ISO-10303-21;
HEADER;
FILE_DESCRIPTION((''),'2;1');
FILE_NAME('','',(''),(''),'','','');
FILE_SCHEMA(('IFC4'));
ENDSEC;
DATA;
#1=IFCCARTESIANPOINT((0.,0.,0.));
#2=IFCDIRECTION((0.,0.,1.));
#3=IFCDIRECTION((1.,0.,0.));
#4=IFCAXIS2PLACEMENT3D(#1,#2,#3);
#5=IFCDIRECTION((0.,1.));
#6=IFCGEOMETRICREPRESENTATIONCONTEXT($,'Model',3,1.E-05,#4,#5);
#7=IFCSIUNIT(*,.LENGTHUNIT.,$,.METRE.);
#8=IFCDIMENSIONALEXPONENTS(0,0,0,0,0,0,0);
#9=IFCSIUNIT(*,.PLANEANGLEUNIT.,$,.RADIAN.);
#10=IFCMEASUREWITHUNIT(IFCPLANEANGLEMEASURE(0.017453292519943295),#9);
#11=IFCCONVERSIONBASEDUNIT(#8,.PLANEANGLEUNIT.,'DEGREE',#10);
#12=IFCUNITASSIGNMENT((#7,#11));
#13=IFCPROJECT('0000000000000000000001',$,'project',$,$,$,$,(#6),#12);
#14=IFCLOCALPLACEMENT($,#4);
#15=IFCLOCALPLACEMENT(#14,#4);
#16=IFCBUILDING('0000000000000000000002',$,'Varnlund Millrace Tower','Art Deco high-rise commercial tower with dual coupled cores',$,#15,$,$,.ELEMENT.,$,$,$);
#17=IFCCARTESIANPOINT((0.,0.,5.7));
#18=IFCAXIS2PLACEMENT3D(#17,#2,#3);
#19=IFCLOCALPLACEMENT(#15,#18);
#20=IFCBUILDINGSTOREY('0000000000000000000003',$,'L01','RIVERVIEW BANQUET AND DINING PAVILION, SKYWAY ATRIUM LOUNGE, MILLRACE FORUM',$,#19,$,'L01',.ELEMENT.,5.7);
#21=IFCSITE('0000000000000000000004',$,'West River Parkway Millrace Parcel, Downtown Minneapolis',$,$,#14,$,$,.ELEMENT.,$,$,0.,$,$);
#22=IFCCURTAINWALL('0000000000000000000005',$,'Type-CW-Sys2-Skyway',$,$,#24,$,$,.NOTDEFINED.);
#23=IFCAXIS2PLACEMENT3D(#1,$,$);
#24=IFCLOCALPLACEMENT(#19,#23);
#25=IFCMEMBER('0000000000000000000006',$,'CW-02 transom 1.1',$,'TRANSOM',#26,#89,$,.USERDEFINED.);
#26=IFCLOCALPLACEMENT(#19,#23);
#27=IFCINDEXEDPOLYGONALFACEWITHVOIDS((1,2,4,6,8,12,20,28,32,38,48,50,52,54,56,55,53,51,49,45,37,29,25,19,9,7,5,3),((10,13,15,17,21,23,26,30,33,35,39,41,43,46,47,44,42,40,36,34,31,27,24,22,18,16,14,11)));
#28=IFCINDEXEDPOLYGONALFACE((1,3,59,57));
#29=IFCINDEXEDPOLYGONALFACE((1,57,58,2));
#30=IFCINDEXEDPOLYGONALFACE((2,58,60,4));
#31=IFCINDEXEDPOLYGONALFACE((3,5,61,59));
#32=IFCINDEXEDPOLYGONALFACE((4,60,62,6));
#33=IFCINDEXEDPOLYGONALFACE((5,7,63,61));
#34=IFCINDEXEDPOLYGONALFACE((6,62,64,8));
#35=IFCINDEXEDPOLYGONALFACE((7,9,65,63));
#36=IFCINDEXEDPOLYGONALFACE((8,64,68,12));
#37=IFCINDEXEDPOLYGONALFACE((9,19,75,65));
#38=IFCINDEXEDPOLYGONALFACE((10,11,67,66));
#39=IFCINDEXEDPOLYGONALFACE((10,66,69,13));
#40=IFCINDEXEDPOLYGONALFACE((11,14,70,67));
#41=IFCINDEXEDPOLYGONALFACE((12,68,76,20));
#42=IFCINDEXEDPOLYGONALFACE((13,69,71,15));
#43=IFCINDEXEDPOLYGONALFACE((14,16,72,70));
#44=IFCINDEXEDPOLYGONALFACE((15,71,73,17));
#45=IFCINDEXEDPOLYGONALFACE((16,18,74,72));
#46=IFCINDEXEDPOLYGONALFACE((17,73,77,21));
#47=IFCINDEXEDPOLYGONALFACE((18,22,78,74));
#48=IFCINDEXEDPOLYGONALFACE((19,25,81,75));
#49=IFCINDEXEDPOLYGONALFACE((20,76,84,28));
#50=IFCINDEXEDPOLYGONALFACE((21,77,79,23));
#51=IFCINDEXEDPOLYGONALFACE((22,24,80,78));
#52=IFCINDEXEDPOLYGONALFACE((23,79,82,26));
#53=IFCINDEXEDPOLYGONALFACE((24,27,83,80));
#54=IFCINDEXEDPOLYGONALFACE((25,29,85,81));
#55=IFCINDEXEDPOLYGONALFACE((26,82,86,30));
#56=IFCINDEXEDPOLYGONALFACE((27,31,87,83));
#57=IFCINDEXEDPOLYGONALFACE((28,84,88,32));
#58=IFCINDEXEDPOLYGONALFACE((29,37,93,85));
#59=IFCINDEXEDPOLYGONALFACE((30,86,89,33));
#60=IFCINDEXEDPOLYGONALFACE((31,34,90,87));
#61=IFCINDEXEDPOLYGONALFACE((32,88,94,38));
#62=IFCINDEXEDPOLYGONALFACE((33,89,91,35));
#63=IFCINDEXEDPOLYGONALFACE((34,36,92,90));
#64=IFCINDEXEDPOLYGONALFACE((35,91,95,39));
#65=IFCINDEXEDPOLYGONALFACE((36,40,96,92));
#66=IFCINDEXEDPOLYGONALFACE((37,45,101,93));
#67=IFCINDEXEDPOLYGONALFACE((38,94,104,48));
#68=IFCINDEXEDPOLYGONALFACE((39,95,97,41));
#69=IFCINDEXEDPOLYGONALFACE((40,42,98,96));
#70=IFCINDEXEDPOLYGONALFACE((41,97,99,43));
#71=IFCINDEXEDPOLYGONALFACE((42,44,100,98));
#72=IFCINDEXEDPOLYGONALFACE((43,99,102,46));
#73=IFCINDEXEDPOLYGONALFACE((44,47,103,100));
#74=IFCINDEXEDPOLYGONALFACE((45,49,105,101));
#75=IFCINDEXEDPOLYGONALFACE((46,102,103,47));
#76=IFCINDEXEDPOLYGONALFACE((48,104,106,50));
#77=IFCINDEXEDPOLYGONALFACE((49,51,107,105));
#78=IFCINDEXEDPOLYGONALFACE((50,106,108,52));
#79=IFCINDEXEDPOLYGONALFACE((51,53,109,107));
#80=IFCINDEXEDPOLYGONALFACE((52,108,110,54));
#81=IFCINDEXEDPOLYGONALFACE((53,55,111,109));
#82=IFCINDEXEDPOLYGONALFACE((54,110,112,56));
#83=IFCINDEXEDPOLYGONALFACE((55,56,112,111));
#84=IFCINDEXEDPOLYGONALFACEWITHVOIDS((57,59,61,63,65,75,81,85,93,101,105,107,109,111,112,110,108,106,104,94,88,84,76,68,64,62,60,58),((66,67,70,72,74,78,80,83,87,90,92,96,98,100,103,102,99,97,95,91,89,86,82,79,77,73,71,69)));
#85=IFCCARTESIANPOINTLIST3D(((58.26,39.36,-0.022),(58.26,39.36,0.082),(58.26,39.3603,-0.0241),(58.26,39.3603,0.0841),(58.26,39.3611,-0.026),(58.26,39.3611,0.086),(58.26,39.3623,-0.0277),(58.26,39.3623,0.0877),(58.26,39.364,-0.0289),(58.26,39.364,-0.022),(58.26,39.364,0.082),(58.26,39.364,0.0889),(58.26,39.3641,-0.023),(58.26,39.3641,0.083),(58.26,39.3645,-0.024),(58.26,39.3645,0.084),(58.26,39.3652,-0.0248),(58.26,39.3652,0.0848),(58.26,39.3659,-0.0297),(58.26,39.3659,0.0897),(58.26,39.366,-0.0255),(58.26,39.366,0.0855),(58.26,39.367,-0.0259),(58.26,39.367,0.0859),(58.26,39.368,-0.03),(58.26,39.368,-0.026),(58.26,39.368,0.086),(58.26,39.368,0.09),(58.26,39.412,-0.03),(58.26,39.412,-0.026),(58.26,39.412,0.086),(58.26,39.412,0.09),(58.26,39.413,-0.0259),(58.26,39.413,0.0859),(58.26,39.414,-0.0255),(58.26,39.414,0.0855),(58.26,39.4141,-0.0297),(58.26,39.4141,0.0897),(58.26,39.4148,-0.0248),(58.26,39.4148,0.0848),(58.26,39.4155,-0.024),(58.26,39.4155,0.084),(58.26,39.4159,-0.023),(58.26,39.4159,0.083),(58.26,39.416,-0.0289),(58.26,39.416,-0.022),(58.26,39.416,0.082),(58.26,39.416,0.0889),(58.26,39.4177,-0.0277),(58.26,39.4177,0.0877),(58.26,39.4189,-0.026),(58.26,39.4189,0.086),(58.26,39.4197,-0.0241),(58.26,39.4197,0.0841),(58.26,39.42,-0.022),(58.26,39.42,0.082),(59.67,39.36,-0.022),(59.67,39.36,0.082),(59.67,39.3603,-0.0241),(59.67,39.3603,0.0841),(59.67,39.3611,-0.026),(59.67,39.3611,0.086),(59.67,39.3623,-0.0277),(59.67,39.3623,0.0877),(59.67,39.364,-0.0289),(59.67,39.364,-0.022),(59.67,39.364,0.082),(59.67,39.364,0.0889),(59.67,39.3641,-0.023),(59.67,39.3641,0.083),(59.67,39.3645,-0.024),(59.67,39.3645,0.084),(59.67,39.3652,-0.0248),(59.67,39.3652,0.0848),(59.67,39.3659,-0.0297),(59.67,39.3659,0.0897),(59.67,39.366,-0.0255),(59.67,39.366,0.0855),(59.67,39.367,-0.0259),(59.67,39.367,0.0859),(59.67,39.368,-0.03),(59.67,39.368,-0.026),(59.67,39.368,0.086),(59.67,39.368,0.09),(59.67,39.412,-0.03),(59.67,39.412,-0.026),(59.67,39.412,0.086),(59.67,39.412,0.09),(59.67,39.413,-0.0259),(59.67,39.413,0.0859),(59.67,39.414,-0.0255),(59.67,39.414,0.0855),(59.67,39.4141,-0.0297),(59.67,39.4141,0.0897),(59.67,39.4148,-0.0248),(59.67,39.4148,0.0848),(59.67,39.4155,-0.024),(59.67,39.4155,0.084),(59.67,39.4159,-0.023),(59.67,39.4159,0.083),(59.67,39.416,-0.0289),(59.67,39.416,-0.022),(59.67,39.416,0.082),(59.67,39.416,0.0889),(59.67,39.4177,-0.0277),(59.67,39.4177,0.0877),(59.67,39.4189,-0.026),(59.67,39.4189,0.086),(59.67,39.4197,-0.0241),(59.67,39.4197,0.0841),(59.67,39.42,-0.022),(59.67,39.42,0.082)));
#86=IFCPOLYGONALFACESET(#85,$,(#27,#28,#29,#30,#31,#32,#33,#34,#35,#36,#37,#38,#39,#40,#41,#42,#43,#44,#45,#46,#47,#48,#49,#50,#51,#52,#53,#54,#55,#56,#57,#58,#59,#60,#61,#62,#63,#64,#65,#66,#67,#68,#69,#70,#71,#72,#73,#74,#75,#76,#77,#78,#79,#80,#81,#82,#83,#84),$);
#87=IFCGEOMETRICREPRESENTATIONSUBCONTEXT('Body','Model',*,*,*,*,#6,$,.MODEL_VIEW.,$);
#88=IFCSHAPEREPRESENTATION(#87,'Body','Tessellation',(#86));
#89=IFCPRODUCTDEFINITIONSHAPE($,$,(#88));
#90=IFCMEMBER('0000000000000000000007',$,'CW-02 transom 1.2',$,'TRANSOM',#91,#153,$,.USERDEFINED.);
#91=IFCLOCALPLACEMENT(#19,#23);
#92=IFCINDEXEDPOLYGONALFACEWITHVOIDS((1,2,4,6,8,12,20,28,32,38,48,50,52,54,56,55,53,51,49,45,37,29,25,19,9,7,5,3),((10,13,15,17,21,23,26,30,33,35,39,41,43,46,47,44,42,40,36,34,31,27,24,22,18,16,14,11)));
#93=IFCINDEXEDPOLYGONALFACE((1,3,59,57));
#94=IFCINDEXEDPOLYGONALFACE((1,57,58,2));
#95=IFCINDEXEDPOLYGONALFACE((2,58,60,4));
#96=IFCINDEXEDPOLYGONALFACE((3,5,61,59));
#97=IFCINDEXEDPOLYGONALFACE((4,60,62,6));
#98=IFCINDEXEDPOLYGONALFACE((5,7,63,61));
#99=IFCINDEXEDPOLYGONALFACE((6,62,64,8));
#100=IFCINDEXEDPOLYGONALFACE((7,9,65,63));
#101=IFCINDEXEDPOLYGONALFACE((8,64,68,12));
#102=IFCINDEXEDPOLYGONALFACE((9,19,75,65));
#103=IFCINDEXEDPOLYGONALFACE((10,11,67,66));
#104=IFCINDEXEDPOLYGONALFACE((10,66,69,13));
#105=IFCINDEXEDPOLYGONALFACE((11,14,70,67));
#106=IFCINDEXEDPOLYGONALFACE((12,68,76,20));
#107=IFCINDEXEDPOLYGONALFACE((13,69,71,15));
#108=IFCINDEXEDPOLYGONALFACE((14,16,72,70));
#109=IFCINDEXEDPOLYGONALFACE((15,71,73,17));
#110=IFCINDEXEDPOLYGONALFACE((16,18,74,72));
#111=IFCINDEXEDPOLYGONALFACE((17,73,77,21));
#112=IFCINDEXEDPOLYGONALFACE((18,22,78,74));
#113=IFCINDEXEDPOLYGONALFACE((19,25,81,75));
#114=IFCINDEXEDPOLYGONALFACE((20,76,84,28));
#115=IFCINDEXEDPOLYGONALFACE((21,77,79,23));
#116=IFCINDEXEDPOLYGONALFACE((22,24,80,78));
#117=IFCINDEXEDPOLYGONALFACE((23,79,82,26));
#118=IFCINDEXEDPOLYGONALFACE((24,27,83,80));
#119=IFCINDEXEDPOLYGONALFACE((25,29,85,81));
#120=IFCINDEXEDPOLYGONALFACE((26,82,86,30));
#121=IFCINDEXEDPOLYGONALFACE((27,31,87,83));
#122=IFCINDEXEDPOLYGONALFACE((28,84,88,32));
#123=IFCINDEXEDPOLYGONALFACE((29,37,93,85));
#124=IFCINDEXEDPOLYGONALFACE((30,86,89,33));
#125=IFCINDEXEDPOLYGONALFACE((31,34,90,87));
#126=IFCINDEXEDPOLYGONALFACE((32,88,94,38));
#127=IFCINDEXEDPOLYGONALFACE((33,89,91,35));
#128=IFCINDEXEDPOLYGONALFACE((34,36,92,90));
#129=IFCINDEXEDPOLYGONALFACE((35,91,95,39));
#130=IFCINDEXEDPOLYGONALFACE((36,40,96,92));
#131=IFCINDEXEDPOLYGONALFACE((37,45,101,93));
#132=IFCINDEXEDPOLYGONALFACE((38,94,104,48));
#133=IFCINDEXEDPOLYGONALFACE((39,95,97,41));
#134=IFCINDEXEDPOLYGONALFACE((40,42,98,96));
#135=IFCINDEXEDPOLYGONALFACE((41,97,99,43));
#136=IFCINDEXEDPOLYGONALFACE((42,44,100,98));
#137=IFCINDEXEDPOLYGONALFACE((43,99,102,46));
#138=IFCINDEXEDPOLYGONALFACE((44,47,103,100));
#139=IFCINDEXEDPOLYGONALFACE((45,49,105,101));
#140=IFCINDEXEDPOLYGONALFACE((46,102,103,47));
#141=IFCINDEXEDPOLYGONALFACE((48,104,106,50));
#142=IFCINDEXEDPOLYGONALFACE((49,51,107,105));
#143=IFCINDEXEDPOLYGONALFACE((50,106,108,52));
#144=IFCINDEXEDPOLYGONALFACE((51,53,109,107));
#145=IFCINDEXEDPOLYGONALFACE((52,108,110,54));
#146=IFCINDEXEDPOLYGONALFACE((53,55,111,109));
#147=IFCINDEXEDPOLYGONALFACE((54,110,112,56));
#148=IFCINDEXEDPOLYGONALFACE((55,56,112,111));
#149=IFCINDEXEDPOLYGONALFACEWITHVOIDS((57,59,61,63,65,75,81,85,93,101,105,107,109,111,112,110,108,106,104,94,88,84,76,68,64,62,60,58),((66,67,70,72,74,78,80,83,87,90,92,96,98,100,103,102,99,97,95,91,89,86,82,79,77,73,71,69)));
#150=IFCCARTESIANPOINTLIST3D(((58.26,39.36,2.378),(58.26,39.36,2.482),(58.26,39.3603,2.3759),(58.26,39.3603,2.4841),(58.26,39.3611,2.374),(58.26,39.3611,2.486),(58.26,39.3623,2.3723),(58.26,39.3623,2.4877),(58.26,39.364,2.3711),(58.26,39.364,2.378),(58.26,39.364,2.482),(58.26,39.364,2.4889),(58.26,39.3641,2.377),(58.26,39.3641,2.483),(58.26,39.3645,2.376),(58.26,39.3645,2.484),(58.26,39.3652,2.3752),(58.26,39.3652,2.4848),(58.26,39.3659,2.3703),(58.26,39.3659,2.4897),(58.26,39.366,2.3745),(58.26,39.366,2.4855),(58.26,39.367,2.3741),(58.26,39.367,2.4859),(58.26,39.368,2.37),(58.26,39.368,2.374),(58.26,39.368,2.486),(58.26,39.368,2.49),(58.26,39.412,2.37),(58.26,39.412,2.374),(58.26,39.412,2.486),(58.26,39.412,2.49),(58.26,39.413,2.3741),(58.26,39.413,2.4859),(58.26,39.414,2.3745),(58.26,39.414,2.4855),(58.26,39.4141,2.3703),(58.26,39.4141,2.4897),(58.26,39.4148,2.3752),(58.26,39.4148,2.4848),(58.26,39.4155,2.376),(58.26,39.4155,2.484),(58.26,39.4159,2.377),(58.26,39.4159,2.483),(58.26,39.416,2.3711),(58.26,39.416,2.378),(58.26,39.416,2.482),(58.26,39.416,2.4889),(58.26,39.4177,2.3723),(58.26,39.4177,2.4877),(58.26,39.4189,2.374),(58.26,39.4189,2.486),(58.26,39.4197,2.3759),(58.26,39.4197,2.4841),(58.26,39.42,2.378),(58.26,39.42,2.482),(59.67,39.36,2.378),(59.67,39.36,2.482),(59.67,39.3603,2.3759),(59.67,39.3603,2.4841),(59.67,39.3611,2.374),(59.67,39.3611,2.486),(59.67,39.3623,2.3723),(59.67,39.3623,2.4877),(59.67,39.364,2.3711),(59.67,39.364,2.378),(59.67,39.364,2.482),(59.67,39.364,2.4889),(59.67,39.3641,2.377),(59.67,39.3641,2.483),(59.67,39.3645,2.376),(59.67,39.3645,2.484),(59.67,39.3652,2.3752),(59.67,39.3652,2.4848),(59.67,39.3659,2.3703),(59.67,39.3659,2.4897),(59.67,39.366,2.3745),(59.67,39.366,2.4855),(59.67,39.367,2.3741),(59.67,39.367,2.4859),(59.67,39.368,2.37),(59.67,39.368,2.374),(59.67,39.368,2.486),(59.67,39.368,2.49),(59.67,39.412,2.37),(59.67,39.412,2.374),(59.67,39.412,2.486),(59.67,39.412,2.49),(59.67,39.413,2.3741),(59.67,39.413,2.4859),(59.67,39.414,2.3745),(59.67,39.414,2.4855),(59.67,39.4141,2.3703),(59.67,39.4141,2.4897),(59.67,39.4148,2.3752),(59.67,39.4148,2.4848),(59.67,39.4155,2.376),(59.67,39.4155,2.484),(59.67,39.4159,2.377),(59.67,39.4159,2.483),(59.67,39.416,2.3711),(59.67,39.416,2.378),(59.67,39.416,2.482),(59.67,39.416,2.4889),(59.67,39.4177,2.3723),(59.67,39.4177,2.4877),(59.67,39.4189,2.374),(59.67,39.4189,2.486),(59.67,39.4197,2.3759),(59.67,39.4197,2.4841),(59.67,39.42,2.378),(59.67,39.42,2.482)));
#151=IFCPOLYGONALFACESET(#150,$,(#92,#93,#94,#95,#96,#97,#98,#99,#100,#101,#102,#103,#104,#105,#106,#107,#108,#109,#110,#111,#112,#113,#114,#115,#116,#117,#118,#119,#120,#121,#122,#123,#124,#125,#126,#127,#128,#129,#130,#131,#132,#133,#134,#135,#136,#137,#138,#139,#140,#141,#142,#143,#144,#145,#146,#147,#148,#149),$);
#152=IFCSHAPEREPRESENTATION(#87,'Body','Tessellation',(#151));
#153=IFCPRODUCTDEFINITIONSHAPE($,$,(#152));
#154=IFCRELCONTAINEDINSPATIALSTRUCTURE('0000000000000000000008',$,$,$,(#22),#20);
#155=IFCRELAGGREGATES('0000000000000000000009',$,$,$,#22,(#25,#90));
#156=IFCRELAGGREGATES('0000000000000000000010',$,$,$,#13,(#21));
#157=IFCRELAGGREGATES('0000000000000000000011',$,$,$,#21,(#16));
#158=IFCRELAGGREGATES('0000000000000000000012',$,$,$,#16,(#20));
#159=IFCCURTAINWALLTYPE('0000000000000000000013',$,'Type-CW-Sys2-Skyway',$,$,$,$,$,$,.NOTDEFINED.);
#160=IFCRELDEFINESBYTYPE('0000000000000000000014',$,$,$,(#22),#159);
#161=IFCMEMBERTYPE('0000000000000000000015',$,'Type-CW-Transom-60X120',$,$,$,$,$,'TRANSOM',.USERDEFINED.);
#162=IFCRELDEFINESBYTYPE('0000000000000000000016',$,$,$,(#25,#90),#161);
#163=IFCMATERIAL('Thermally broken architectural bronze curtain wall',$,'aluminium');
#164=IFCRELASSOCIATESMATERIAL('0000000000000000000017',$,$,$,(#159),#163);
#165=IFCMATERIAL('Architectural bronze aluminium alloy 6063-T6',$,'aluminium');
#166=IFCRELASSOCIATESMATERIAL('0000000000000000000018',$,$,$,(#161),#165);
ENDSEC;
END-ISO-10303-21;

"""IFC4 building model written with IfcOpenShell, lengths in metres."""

from ifc_helpers import new_model, entity, si_unit, converted_unit, direction, frame, origin_with_axes, origin_2d_with_axis, place, context, subcontext, project, spatial, hollow_rectangle, extrude, material, material_profile, profile_set, type_object, element, aggregate, save


model = new_model("IFC4")

# Units and contexts
model_context = context("Model", 3, precision=1e-05, world=origin_with_axes(), true_north=direction((0.0, 1.0)))
body_context = subcontext(model_context, "Body", "Model", "MODEL_VIEW")
ifc_project = project(units=[si_unit("LENGTHUNIT", "METRE"), converted_unit("PLANEANGLEUNIT", "DEGREE", entity("IfcPlaneAngleMeasure", 0.017453292519943295), si_unit("PLANEANGLEUNIT", "RADIAN"), dimensions=[0, 0, 0, 0, 0, 0, 0])], contexts=[model_context])

# Site, building, storey
site_placement = place(None, origin_with_axes())
site = spatial("IfcSite", under=ifc_project, at=site_placement, Name="West River Parkway Millrace Parcel, Downtown Minneapolis", CompositionType="ELEMENT", RefElevation=0.0)
building_placement = place(site_placement, origin_with_axes())
building = spatial("IfcBuilding", under=site, at=building_placement, Name="Varnlund Millrace Tower", Description="Art Deco high-rise commercial tower with dual coupled cores", CompositionType="ELEMENT")
storey_placement = place(building_placement, frame((0.0, 0.0, 5.7), z_axis=(0.0, 0.0, 1.0), x_axis=(1.0, 0.0, 0.0)))
storey = spatial("IfcBuildingStorey", under=building, at=storey_placement, Name="L01", Description="RIVERVIEW BANQUET AND DINING PAVILION, SKYWAY ATRIUM LOUNGE, MILLRACE FORUM", LongName="L01", CompositionType="ELEMENT", Elevation=5.7)

# Curtain wall
ifc_material_1 = material(Name="Thermally broken architectural bronze curtain wall", Category="aluminium")
curtain_wall_type = type_object("IfcCurtainWallType", Name="Type-CW-Sys2-Skyway", PredefinedType="NOTDEFINED", material=ifc_material_1)
curtain_wall_1_placement = place(storey_placement, frame((58.2, 39.39, 0.0), z_axis=(0.0, 0.0, 1.0), x_axis=(1.0, 0.0, 0.0)))
curtain_wall_1 = element("IfcCurtainWall", 1, at=curtain_wall_1_placement, inside=storey, type_object=curtain_wall_type, Name="Type-CW-Sys2-Skyway", PredefinedType="NOTDEFINED")
ifc_material_2 = material(Name="Architectural bronze aluminium alloy 6063-T6", Category="aluminium")

# Members
ifc_material_profile_1 = material_profile(ifc_material_2, hollow_rectangle(XDim=0.06, YDim=0.12, WallThickness=0.004, InnerFilletRadius=0.004, OuterFilletRadius=0.008, at=origin_2d_with_axis()), Name="Architectural bronze aluminium alloy 6063-T6")
ifc_profile_set_1 = profile_set([ifc_material_profile_1], Name="Architectural bronze aluminium alloy 6063-T6")
member_type_1 = type_object("IfcMemberType", Name="Type-CW-Transom-60X120", ElementType="TRANSOM", PredefinedType="USERDEFINED", material=ifc_profile_set_1)
member_1_placement = place(storey_placement, frame((58.26, 39.39, 0.03), z_axis=(1.0, 0.0, 0.0), x_axis=(0.0, 1.0, 0.0)))
member_1 = element("IfcMember", 2, at=member_1_placement, type_object=member_type_1, Name="CW-02 transom 1.1", ObjectType="TRANSOM", PredefinedType="USERDEFINED", context=body_context, shape_type="SweptSolid", body=[
    extrude(hollow_rectangle(XDim=0.06, YDim=0.12, WallThickness=0.004, InnerFilletRadius=0.004, OuterFilletRadius=0.008, at=origin_2d_with_axis()), origin_with_axes(), (0.0, 0.0, 1.0), 1.41),
])
member_2_placement = place(storey_placement, frame((58.26, 39.39, 2.43), z_axis=(1.0, 0.0, 0.0), x_axis=(0.0, 1.0, 0.0)))
member_2 = element("IfcMember", 3, at=member_2_placement, type_object=member_type_1, Name="CW-02 transom 1.2", ObjectType="TRANSOM", PredefinedType="USERDEFINED", context=body_context, shape_type="SweptSolid", body=[
    extrude(hollow_rectangle(XDim=0.06, YDim=0.12, WallThickness=0.004, InnerFilletRadius=0.004, OuterFilletRadius=0.008, at=origin_2d_with_axis()), origin_with_axes(), (0.0, 0.0, 1.0), 1.41),
])

aggregate(curtain_wall_1, [member_1, member_2])

save(model, "model.ifc")
